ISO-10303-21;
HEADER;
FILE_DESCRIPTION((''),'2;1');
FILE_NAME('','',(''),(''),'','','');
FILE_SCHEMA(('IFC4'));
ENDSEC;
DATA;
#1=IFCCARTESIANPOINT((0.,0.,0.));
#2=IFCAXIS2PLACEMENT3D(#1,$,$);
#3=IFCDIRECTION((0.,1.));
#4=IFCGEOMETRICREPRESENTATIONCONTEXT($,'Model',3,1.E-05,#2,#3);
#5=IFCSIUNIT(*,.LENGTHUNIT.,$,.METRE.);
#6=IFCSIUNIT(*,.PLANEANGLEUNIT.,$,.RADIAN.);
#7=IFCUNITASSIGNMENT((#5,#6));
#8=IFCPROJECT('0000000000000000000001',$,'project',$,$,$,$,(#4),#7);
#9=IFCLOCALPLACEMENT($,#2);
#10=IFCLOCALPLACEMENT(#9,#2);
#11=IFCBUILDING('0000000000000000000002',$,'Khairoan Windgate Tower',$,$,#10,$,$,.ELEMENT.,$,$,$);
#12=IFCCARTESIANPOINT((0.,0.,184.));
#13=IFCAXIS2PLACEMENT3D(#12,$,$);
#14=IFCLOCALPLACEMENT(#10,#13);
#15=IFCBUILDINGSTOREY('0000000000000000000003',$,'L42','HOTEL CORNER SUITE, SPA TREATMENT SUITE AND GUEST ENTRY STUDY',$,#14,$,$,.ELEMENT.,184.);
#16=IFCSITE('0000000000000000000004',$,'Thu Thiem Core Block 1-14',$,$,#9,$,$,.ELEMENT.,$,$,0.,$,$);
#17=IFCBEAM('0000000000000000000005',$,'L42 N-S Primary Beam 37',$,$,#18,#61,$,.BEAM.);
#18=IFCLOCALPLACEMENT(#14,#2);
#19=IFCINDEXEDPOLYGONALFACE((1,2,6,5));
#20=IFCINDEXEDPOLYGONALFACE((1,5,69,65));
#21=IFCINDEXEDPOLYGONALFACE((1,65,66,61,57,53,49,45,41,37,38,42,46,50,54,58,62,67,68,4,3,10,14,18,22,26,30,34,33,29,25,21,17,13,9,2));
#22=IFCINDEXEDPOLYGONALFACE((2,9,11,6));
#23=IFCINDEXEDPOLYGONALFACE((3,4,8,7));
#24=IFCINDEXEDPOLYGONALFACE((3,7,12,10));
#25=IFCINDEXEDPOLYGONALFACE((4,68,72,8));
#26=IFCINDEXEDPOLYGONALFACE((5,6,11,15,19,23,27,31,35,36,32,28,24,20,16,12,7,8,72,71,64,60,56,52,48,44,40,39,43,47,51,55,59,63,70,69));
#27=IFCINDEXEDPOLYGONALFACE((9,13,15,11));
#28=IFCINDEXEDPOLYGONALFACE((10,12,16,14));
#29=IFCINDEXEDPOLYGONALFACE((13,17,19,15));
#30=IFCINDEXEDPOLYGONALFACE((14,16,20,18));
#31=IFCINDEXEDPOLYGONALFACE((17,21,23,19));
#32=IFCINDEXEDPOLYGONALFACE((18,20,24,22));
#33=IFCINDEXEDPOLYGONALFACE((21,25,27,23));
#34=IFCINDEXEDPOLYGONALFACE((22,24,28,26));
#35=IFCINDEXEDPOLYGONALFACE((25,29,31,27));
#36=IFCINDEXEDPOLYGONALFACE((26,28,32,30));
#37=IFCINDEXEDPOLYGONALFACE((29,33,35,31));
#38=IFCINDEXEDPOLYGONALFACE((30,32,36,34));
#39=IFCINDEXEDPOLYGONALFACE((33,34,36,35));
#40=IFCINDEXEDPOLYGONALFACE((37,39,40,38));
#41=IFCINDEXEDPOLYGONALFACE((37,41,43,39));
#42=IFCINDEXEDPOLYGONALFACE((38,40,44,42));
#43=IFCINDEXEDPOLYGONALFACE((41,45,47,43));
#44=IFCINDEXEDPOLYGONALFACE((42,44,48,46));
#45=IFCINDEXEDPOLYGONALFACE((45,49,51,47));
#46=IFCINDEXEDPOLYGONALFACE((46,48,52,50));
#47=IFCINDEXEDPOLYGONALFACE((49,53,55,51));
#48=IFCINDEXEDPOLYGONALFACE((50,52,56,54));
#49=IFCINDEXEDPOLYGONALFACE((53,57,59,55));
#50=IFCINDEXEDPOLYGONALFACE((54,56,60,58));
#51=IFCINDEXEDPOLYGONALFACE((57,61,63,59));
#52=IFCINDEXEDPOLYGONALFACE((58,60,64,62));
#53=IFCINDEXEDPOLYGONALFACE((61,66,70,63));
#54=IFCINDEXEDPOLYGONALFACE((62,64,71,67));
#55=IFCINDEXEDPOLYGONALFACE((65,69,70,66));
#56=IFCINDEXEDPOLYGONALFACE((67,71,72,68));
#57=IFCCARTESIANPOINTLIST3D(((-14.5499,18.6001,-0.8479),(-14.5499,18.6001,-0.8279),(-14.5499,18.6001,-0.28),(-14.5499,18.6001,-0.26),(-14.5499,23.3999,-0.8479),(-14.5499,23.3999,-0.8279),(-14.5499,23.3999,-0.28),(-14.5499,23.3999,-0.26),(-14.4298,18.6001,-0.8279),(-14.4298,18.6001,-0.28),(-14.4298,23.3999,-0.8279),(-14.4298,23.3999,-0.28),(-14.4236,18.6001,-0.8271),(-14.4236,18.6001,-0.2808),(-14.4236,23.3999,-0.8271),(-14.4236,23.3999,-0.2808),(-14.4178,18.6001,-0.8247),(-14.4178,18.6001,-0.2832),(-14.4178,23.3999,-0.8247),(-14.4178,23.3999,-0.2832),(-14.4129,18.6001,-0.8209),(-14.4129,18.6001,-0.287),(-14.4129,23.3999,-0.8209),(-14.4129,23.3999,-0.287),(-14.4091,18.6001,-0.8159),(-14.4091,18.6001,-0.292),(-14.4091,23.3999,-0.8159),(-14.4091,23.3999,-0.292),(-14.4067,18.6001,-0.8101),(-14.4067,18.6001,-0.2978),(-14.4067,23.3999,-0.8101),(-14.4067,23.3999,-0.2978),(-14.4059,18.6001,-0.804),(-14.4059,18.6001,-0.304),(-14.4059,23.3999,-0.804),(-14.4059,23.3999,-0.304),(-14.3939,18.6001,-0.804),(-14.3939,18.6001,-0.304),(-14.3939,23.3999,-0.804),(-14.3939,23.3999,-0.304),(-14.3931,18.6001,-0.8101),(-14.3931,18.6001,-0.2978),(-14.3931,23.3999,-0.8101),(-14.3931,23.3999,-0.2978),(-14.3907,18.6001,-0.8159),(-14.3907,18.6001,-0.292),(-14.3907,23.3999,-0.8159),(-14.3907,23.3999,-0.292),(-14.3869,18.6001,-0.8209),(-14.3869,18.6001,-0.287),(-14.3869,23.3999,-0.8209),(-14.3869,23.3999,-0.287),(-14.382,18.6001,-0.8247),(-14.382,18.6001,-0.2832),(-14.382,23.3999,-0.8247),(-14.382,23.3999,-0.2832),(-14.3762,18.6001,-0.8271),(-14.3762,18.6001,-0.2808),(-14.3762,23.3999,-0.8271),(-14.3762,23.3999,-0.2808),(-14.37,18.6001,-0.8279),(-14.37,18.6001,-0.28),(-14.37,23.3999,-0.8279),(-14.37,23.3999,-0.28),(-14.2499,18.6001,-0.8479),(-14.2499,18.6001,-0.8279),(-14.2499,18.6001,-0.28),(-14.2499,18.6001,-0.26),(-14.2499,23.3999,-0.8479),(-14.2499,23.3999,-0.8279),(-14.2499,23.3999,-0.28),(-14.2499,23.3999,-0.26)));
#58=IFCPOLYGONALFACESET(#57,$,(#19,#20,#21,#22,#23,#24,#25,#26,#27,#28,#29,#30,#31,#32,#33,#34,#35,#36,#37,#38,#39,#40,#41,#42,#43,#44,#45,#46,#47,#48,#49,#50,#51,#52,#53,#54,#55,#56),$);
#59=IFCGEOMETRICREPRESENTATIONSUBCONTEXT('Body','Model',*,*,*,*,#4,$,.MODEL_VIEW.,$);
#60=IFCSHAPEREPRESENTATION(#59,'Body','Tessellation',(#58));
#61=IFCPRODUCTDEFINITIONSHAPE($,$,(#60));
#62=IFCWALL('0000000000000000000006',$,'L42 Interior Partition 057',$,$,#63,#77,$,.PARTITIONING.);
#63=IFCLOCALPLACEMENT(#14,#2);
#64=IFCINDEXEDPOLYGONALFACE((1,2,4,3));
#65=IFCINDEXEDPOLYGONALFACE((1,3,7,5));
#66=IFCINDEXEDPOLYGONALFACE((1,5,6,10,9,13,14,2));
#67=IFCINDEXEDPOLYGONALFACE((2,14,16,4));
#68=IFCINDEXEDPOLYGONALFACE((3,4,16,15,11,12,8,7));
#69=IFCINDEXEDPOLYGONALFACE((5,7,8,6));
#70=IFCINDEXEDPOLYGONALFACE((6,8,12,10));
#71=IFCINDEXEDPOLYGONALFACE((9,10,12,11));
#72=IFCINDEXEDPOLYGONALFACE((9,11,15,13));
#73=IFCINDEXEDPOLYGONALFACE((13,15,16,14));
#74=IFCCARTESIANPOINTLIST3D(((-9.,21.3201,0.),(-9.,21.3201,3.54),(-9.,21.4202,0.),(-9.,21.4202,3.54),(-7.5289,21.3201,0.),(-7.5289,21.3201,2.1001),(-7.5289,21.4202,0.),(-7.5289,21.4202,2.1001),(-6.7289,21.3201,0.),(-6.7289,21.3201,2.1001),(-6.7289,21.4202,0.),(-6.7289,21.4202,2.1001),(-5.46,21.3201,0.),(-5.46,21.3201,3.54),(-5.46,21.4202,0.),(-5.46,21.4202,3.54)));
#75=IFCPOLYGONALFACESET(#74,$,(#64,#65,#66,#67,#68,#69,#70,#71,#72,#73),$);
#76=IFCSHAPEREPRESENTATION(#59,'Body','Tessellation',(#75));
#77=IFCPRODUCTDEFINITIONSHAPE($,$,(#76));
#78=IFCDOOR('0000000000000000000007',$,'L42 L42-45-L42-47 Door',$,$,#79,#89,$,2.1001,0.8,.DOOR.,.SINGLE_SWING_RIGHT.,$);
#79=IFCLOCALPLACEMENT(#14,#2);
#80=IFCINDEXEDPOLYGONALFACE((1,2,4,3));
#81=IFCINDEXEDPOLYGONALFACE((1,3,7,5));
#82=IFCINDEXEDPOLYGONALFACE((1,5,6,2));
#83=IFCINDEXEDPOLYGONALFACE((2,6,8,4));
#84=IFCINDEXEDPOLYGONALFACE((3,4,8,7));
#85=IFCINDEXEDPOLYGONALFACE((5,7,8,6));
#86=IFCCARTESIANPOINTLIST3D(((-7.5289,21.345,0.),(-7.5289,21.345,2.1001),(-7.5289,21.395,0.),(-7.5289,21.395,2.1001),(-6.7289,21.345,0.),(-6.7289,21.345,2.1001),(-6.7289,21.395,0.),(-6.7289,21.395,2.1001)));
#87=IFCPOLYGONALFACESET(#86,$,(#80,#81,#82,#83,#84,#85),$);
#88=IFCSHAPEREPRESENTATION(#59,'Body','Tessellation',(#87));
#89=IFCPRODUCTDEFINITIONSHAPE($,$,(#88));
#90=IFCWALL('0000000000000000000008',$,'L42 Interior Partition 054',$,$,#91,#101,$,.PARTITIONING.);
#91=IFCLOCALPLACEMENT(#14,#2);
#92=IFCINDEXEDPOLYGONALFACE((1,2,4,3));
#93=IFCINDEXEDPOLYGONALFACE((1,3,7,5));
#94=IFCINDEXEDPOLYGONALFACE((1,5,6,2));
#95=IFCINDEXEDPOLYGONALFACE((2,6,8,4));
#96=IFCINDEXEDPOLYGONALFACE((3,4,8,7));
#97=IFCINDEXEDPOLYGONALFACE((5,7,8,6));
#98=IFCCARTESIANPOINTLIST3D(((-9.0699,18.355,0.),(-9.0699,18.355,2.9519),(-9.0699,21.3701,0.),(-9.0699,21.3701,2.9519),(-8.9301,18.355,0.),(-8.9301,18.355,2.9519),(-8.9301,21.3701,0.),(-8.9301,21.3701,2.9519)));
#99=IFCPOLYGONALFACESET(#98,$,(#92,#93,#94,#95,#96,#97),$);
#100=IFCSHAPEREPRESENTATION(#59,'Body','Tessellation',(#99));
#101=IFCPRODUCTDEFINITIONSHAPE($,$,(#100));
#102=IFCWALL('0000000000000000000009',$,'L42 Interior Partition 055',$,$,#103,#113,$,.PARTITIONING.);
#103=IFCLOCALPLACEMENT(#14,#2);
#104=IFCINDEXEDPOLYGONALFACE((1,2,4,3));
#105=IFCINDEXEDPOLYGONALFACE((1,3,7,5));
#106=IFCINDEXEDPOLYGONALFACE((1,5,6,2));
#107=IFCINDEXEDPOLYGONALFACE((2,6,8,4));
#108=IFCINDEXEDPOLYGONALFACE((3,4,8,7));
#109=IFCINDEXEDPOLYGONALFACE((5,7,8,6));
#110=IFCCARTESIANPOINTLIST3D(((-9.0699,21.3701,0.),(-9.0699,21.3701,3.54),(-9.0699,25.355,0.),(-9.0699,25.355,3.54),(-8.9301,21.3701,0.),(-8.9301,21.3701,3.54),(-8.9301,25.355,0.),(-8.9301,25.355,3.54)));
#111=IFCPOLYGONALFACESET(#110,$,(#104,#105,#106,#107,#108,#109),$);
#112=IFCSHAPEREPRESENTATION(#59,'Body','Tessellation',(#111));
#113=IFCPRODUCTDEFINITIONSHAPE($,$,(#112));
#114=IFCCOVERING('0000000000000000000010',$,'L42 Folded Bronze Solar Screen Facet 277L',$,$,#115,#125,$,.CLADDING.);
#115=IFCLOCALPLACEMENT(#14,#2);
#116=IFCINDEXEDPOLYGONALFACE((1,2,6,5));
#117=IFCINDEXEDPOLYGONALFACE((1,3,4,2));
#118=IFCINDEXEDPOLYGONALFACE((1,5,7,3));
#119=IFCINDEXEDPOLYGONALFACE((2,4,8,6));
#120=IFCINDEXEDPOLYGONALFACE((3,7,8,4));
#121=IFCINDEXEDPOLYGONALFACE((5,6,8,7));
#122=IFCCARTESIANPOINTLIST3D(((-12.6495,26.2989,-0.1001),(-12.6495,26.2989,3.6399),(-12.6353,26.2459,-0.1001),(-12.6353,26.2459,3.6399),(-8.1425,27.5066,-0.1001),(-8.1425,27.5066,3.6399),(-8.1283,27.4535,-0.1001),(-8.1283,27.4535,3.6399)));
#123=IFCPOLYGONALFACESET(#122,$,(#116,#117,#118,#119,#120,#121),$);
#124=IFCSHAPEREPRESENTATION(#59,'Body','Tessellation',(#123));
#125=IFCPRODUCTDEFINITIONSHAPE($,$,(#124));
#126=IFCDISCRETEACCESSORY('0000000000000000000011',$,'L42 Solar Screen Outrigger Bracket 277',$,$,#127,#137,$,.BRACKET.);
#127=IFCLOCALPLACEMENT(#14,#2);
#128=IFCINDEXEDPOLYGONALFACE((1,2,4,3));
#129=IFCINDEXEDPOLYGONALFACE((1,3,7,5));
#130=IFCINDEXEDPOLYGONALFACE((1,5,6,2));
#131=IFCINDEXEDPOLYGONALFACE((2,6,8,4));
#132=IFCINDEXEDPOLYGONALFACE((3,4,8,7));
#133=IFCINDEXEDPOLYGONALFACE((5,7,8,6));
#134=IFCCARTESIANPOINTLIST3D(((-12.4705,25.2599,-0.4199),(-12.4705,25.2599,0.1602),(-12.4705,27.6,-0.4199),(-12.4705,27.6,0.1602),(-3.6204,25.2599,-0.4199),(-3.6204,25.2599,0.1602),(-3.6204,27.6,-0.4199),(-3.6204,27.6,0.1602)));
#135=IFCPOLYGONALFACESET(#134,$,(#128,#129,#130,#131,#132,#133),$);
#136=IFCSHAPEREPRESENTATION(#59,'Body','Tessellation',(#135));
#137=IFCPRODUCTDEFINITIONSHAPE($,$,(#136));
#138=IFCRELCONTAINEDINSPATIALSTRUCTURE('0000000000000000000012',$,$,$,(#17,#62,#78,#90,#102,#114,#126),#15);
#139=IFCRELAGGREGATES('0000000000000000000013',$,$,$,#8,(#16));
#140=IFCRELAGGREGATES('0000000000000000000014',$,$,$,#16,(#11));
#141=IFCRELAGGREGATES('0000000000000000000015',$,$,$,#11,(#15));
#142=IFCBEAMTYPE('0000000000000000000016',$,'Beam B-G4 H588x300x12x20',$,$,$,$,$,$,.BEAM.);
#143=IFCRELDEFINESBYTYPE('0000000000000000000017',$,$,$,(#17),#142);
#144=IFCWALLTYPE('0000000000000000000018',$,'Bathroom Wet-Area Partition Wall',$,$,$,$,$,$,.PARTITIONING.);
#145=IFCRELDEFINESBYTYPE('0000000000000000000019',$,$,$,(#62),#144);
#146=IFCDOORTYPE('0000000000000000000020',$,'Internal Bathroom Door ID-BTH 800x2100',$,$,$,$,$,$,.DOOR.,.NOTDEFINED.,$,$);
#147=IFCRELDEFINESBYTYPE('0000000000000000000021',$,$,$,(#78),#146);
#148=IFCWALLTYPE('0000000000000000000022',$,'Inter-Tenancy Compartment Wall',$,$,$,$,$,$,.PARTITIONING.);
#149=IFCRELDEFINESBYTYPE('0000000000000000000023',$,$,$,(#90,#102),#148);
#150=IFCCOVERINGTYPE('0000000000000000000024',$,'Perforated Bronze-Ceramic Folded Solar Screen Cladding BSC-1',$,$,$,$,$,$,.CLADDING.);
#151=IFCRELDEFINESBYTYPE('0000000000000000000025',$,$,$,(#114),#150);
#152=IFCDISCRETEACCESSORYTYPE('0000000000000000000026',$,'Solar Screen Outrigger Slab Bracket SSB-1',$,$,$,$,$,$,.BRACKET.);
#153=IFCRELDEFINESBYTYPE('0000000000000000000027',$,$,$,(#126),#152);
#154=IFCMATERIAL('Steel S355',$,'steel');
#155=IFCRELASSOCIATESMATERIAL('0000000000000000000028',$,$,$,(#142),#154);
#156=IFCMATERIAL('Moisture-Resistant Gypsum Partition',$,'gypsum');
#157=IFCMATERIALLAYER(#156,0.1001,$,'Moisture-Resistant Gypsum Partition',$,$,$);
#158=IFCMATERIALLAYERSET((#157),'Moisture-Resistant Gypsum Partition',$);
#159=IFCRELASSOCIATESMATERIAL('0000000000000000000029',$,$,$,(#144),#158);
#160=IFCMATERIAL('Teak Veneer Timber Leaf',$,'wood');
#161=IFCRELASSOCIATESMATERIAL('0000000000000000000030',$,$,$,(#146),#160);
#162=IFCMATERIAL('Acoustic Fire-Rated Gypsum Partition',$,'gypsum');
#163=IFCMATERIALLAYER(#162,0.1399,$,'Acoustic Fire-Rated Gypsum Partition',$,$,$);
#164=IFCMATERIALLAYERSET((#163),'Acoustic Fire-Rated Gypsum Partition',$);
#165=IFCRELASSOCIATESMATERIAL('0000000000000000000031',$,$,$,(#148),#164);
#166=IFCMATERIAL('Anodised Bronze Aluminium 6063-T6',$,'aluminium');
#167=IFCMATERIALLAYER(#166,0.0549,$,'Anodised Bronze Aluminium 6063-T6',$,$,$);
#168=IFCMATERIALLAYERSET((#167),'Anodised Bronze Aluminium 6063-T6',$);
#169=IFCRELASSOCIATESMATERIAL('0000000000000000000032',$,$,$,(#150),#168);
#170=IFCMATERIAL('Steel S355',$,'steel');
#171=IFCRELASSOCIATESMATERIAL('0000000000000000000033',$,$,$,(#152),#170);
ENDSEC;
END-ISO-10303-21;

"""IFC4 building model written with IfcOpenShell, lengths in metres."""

from ifc_helpers import new_model, si_unit, direction, frame, frame_2d, origin, origin_2d, place, context, subcontext, project, spatial, rectangle, i_section, extrude, material, layer, layer_set, material_profile, profile_set, type_object, element, fill, save


model = new_model("IFC4")

# Units and contexts
model_context = context("Model", 3, precision=1e-05, world=origin(), true_north=direction((0.0, 1.0)))
body_context = subcontext(model_context, "Body", "Model", "MODEL_VIEW")
ifc_project = project(units=[si_unit("LENGTHUNIT", "METRE"), si_unit("PLANEANGLEUNIT", "RADIAN")], contexts=[model_context])

# Site, building, storey
site_placement = place(None, origin())
site = spatial("IfcSite", under=ifc_project, at=site_placement, Name="Thu Thiem Core Block 1-14", CompositionType="ELEMENT", RefElevation=0.0)
building_placement = place(site_placement, origin())
building = spatial("IfcBuilding", under=site, at=building_placement, Name="Khairoan Windgate Tower", CompositionType="ELEMENT")
storey_placement = place(building_placement, frame((0.0, 0.0, 184.0)))
storey = spatial("IfcBuildingStorey", under=building, at=storey_placement, Name="L42", Description="HOTEL CORNER SUITE, SPA TREATMENT SUITE AND GUEST ENTRY STUDY", CompositionType="ELEMENT", Elevation=184.0)

# Beam
ifc_material_1 = material(Name="Steel S355", Category="steel")
ifc_material_profile_1 = material_profile(ifc_material_1, i_section(OverallWidth=0.3, OverallDepth=0.5879, WebThickness=0.012, FlangeThickness=0.02, FilletRadius=0.0239, at=origin_2d()))
ifc_profile_set_1 = profile_set([ifc_material_profile_1], Name="Steel S355")
beam_type = type_object("IfcBeamType", Name="Beam B-G4 H588x300x12x20", PredefinedType="BEAM", material=ifc_profile_set_1)
beam_1_placement = place(storey_placement, frame((-14.3999, 18.6001, -0.554), z_axis=(0.0, 1.0, 0.0), x_axis=(-1.0, 0.0, 0.0)))
element("IfcBeam", 1, at=beam_1_placement, inside=storey, type_object=beam_type, Name="L42 N-S Primary Beam 37", PredefinedType="BEAM", context=body_context, shape_type="SweptSolid", body=[
    extrude(i_section(OverallWidth=0.3, OverallDepth=0.5879, WebThickness=0.012, FlangeThickness=0.02, FilletRadius=0.0239, at=origin_2d()), origin(), (0.0, 0.0, 1.0), 4.7998),
])

# Wall, opening, door
ifc_material_2 = material(Name="Moisture-Resistant Gypsum Partition", Category="gypsum")
ifc_layer_1 = layer(ifc_material_2, 0.1001, Name="Moisture-Resistant Gypsum Partition")
ifc_layer_set_1 = layer_set([ifc_layer_1], Name="Moisture-Resistant Gypsum Partition")
wall_type_1 = type_object("IfcWallType", Name="Bathroom Wet-Area Partition Wall", PredefinedType="PARTITIONING", material=ifc_layer_set_1)
wall_1_placement = place(storey_placement, frame((-9.0, 21.3701, 0.0), z_axis=(0.0, 0.0, 1.0), x_axis=(1.0, 0.0, 0.0)))
wall_1 = element("IfcWall", 2, at=wall_1_placement, inside=storey, type_object=wall_type_1, Name="L42 Interior Partition 057", PredefinedType="PARTITIONING", context=body_context, shape_type="SweptSolid", body=[
    extrude(rectangle(XDim=3.54, YDim=0.1001, at=frame_2d((1.77, 0.0))), origin(), (0.0, 0.0, 1.0), 3.54),
])
opening_placement = place(wall_1_placement, frame((1.4712, 0.0, 0.0)))
opening = element("IfcOpeningElement", 3, at=opening_placement, cuts=wall_1, PredefinedType="OPENING", context=body_context, shape_type="SweptSolid", body=[
    extrude(rectangle(XDim=0.8, YDim=2.1001, at=frame_2d((0.3999, 1.05))), frame((0.0, 0.0601, 0.0), z_axis=(0.0, -1.0, 0.0), x_axis=(1.0, 0.0, 0.0)), (0.0, 0.0, 1.0), 0.1201),
])
ifc_material_3 = material(Name="Teak Veneer Timber Leaf", Category="wood")
door_type = type_object("IfcDoorType", Name="Internal Bathroom Door ID-BTH 800x2100", OperationType="NOTDEFINED", PredefinedType="DOOR", material=ifc_material_3)
door_placement = place(opening_placement, origin())
door = element("IfcDoor", 4, at=door_placement, inside=storey, type_object=door_type, Name="L42 L42-45-L42-47 Door", OperationType="SINGLE_SWING_RIGHT", OverallHeight=2.1001, OverallWidth=0.8, PredefinedType="DOOR", context=body_context, shape_type="SweptSolid", body=[
    extrude(rectangle(XDim=0.8, YDim=2.1001, at=frame_2d((0.3999, 1.05))), frame((0.0, 0.0249, 0.0), z_axis=(0.0, -1.0, 0.0), x_axis=(1.0, 0.0, 0.0)), (0.0, 0.0, 1.0), 0.05),
])
fill(opening, door)

# Walls
ifc_material_4 = material(Name="Acoustic Fire-Rated Gypsum Partition", Category="gypsum")
ifc_layer_2 = layer(ifc_material_4, 0.1399, Name="Acoustic Fire-Rated Gypsum Partition")
ifc_layer_set_2 = layer_set([ifc_layer_2], Name="Acoustic Fire-Rated Gypsum Partition")
wall_type_2 = type_object("IfcWallType", Name="Inter-Tenancy Compartment Wall", PredefinedType="PARTITIONING", material=ifc_layer_set_2)
wall_2_placement = place(storey_placement, frame((-9.0, 18.355, 0.0), z_axis=(0.0, 0.0, 1.0), x_axis=(0.0, 1.0, 0.0)))
element("IfcWall", 5, at=wall_2_placement, inside=storey, type_object=wall_type_2, Name="L42 Interior Partition 054", PredefinedType="PARTITIONING", context=body_context, shape_type="SweptSolid", body=[
    extrude(rectangle(XDim=3.0151, YDim=0.1399, at=frame_2d((1.5076, 0.0))), origin(), (0.0, 0.0, 1.0), 2.9519),
])
wall_3_placement = place(storey_placement, frame((-9.0, 21.3701, 0.0), z_axis=(0.0, 0.0, 1.0), x_axis=(0.0, 1.0, 0.0)))
element("IfcWall", 6, at=wall_3_placement, inside=storey, type_object=wall_type_2, Name="L42 Interior Partition 055", PredefinedType="PARTITIONING", context=body_context, shape_type="SweptSolid", body=[
    extrude(rectangle(XDim=3.9849, YDim=0.1399, at=frame_2d((1.9924, 0.0))), origin(), (0.0, 0.0, 1.0), 3.54),
])

# Covering
ifc_material_5 = material(Name="Anodised Bronze Aluminium 6063-T6", Category="aluminium")
ifc_layer_3 = layer(ifc_material_5, 0.0549, Name="Anodised Bronze Aluminium 6063-T6")
ifc_layer_set_3 = layer_set([ifc_layer_3], Name="Anodised Bronze Aluminium 6063-T6")
covering_type = type_object("IfcCoveringType", Name="Perforated Bronze-Ceramic Folded Solar Screen Cladding BSC-1", PredefinedType="CLADDING", material=ifc_layer_set_3)
covering_placement = place(storey_placement, frame((-10.3889, 26.8762, -0.1001), z_axis=(0.0, 0.0, 1.0), x_axis=(0.965926, 0.258819, 0.0)))
element("IfcCovering", 7, at=covering_placement, inside=storey, type_object=covering_type, Name="L42 Folded Bronze Solar Screen Facet 277L", PredefinedType="CLADDING", context=body_context, shape_type="SweptSolid", body=[
    extrude(rectangle(XDim=4.666, YDim=0.0549, at=origin_2d()), origin(), (0.0, 0.0, 1.0), 3.74),
])

# Discrete accessory
ifc_material_6 = material(Name="Steel S355", Category="steel")
discrete_accessory_type = type_object("IfcDiscreteAccessoryType", Name="Solar Screen Outrigger Slab Bracket SSB-1", PredefinedType="BRACKET", material=ifc_material_6)
discrete_accessory_placement = place(storey_placement, frame((-8.0454, 26.4299, -0.4199), z_axis=(0.0, 0.0, 1.0), x_axis=(1.0, 0.0, 0.0)))
element("IfcDiscreteAccessory", 8, at=discrete_accessory_placement, inside=storey, type_object=discrete_accessory_type, Name="L42 Solar Screen Outrigger Bracket 277", PredefinedType="BRACKET", context=body_context, shape_type="SweptSolid", body=[
    extrude(rectangle(XDim=8.8501, YDim=2.3401, at=origin_2d()), origin(), (0.0, 0.0, 1.0), 0.5801),
])

save(model, "model.ifc")
